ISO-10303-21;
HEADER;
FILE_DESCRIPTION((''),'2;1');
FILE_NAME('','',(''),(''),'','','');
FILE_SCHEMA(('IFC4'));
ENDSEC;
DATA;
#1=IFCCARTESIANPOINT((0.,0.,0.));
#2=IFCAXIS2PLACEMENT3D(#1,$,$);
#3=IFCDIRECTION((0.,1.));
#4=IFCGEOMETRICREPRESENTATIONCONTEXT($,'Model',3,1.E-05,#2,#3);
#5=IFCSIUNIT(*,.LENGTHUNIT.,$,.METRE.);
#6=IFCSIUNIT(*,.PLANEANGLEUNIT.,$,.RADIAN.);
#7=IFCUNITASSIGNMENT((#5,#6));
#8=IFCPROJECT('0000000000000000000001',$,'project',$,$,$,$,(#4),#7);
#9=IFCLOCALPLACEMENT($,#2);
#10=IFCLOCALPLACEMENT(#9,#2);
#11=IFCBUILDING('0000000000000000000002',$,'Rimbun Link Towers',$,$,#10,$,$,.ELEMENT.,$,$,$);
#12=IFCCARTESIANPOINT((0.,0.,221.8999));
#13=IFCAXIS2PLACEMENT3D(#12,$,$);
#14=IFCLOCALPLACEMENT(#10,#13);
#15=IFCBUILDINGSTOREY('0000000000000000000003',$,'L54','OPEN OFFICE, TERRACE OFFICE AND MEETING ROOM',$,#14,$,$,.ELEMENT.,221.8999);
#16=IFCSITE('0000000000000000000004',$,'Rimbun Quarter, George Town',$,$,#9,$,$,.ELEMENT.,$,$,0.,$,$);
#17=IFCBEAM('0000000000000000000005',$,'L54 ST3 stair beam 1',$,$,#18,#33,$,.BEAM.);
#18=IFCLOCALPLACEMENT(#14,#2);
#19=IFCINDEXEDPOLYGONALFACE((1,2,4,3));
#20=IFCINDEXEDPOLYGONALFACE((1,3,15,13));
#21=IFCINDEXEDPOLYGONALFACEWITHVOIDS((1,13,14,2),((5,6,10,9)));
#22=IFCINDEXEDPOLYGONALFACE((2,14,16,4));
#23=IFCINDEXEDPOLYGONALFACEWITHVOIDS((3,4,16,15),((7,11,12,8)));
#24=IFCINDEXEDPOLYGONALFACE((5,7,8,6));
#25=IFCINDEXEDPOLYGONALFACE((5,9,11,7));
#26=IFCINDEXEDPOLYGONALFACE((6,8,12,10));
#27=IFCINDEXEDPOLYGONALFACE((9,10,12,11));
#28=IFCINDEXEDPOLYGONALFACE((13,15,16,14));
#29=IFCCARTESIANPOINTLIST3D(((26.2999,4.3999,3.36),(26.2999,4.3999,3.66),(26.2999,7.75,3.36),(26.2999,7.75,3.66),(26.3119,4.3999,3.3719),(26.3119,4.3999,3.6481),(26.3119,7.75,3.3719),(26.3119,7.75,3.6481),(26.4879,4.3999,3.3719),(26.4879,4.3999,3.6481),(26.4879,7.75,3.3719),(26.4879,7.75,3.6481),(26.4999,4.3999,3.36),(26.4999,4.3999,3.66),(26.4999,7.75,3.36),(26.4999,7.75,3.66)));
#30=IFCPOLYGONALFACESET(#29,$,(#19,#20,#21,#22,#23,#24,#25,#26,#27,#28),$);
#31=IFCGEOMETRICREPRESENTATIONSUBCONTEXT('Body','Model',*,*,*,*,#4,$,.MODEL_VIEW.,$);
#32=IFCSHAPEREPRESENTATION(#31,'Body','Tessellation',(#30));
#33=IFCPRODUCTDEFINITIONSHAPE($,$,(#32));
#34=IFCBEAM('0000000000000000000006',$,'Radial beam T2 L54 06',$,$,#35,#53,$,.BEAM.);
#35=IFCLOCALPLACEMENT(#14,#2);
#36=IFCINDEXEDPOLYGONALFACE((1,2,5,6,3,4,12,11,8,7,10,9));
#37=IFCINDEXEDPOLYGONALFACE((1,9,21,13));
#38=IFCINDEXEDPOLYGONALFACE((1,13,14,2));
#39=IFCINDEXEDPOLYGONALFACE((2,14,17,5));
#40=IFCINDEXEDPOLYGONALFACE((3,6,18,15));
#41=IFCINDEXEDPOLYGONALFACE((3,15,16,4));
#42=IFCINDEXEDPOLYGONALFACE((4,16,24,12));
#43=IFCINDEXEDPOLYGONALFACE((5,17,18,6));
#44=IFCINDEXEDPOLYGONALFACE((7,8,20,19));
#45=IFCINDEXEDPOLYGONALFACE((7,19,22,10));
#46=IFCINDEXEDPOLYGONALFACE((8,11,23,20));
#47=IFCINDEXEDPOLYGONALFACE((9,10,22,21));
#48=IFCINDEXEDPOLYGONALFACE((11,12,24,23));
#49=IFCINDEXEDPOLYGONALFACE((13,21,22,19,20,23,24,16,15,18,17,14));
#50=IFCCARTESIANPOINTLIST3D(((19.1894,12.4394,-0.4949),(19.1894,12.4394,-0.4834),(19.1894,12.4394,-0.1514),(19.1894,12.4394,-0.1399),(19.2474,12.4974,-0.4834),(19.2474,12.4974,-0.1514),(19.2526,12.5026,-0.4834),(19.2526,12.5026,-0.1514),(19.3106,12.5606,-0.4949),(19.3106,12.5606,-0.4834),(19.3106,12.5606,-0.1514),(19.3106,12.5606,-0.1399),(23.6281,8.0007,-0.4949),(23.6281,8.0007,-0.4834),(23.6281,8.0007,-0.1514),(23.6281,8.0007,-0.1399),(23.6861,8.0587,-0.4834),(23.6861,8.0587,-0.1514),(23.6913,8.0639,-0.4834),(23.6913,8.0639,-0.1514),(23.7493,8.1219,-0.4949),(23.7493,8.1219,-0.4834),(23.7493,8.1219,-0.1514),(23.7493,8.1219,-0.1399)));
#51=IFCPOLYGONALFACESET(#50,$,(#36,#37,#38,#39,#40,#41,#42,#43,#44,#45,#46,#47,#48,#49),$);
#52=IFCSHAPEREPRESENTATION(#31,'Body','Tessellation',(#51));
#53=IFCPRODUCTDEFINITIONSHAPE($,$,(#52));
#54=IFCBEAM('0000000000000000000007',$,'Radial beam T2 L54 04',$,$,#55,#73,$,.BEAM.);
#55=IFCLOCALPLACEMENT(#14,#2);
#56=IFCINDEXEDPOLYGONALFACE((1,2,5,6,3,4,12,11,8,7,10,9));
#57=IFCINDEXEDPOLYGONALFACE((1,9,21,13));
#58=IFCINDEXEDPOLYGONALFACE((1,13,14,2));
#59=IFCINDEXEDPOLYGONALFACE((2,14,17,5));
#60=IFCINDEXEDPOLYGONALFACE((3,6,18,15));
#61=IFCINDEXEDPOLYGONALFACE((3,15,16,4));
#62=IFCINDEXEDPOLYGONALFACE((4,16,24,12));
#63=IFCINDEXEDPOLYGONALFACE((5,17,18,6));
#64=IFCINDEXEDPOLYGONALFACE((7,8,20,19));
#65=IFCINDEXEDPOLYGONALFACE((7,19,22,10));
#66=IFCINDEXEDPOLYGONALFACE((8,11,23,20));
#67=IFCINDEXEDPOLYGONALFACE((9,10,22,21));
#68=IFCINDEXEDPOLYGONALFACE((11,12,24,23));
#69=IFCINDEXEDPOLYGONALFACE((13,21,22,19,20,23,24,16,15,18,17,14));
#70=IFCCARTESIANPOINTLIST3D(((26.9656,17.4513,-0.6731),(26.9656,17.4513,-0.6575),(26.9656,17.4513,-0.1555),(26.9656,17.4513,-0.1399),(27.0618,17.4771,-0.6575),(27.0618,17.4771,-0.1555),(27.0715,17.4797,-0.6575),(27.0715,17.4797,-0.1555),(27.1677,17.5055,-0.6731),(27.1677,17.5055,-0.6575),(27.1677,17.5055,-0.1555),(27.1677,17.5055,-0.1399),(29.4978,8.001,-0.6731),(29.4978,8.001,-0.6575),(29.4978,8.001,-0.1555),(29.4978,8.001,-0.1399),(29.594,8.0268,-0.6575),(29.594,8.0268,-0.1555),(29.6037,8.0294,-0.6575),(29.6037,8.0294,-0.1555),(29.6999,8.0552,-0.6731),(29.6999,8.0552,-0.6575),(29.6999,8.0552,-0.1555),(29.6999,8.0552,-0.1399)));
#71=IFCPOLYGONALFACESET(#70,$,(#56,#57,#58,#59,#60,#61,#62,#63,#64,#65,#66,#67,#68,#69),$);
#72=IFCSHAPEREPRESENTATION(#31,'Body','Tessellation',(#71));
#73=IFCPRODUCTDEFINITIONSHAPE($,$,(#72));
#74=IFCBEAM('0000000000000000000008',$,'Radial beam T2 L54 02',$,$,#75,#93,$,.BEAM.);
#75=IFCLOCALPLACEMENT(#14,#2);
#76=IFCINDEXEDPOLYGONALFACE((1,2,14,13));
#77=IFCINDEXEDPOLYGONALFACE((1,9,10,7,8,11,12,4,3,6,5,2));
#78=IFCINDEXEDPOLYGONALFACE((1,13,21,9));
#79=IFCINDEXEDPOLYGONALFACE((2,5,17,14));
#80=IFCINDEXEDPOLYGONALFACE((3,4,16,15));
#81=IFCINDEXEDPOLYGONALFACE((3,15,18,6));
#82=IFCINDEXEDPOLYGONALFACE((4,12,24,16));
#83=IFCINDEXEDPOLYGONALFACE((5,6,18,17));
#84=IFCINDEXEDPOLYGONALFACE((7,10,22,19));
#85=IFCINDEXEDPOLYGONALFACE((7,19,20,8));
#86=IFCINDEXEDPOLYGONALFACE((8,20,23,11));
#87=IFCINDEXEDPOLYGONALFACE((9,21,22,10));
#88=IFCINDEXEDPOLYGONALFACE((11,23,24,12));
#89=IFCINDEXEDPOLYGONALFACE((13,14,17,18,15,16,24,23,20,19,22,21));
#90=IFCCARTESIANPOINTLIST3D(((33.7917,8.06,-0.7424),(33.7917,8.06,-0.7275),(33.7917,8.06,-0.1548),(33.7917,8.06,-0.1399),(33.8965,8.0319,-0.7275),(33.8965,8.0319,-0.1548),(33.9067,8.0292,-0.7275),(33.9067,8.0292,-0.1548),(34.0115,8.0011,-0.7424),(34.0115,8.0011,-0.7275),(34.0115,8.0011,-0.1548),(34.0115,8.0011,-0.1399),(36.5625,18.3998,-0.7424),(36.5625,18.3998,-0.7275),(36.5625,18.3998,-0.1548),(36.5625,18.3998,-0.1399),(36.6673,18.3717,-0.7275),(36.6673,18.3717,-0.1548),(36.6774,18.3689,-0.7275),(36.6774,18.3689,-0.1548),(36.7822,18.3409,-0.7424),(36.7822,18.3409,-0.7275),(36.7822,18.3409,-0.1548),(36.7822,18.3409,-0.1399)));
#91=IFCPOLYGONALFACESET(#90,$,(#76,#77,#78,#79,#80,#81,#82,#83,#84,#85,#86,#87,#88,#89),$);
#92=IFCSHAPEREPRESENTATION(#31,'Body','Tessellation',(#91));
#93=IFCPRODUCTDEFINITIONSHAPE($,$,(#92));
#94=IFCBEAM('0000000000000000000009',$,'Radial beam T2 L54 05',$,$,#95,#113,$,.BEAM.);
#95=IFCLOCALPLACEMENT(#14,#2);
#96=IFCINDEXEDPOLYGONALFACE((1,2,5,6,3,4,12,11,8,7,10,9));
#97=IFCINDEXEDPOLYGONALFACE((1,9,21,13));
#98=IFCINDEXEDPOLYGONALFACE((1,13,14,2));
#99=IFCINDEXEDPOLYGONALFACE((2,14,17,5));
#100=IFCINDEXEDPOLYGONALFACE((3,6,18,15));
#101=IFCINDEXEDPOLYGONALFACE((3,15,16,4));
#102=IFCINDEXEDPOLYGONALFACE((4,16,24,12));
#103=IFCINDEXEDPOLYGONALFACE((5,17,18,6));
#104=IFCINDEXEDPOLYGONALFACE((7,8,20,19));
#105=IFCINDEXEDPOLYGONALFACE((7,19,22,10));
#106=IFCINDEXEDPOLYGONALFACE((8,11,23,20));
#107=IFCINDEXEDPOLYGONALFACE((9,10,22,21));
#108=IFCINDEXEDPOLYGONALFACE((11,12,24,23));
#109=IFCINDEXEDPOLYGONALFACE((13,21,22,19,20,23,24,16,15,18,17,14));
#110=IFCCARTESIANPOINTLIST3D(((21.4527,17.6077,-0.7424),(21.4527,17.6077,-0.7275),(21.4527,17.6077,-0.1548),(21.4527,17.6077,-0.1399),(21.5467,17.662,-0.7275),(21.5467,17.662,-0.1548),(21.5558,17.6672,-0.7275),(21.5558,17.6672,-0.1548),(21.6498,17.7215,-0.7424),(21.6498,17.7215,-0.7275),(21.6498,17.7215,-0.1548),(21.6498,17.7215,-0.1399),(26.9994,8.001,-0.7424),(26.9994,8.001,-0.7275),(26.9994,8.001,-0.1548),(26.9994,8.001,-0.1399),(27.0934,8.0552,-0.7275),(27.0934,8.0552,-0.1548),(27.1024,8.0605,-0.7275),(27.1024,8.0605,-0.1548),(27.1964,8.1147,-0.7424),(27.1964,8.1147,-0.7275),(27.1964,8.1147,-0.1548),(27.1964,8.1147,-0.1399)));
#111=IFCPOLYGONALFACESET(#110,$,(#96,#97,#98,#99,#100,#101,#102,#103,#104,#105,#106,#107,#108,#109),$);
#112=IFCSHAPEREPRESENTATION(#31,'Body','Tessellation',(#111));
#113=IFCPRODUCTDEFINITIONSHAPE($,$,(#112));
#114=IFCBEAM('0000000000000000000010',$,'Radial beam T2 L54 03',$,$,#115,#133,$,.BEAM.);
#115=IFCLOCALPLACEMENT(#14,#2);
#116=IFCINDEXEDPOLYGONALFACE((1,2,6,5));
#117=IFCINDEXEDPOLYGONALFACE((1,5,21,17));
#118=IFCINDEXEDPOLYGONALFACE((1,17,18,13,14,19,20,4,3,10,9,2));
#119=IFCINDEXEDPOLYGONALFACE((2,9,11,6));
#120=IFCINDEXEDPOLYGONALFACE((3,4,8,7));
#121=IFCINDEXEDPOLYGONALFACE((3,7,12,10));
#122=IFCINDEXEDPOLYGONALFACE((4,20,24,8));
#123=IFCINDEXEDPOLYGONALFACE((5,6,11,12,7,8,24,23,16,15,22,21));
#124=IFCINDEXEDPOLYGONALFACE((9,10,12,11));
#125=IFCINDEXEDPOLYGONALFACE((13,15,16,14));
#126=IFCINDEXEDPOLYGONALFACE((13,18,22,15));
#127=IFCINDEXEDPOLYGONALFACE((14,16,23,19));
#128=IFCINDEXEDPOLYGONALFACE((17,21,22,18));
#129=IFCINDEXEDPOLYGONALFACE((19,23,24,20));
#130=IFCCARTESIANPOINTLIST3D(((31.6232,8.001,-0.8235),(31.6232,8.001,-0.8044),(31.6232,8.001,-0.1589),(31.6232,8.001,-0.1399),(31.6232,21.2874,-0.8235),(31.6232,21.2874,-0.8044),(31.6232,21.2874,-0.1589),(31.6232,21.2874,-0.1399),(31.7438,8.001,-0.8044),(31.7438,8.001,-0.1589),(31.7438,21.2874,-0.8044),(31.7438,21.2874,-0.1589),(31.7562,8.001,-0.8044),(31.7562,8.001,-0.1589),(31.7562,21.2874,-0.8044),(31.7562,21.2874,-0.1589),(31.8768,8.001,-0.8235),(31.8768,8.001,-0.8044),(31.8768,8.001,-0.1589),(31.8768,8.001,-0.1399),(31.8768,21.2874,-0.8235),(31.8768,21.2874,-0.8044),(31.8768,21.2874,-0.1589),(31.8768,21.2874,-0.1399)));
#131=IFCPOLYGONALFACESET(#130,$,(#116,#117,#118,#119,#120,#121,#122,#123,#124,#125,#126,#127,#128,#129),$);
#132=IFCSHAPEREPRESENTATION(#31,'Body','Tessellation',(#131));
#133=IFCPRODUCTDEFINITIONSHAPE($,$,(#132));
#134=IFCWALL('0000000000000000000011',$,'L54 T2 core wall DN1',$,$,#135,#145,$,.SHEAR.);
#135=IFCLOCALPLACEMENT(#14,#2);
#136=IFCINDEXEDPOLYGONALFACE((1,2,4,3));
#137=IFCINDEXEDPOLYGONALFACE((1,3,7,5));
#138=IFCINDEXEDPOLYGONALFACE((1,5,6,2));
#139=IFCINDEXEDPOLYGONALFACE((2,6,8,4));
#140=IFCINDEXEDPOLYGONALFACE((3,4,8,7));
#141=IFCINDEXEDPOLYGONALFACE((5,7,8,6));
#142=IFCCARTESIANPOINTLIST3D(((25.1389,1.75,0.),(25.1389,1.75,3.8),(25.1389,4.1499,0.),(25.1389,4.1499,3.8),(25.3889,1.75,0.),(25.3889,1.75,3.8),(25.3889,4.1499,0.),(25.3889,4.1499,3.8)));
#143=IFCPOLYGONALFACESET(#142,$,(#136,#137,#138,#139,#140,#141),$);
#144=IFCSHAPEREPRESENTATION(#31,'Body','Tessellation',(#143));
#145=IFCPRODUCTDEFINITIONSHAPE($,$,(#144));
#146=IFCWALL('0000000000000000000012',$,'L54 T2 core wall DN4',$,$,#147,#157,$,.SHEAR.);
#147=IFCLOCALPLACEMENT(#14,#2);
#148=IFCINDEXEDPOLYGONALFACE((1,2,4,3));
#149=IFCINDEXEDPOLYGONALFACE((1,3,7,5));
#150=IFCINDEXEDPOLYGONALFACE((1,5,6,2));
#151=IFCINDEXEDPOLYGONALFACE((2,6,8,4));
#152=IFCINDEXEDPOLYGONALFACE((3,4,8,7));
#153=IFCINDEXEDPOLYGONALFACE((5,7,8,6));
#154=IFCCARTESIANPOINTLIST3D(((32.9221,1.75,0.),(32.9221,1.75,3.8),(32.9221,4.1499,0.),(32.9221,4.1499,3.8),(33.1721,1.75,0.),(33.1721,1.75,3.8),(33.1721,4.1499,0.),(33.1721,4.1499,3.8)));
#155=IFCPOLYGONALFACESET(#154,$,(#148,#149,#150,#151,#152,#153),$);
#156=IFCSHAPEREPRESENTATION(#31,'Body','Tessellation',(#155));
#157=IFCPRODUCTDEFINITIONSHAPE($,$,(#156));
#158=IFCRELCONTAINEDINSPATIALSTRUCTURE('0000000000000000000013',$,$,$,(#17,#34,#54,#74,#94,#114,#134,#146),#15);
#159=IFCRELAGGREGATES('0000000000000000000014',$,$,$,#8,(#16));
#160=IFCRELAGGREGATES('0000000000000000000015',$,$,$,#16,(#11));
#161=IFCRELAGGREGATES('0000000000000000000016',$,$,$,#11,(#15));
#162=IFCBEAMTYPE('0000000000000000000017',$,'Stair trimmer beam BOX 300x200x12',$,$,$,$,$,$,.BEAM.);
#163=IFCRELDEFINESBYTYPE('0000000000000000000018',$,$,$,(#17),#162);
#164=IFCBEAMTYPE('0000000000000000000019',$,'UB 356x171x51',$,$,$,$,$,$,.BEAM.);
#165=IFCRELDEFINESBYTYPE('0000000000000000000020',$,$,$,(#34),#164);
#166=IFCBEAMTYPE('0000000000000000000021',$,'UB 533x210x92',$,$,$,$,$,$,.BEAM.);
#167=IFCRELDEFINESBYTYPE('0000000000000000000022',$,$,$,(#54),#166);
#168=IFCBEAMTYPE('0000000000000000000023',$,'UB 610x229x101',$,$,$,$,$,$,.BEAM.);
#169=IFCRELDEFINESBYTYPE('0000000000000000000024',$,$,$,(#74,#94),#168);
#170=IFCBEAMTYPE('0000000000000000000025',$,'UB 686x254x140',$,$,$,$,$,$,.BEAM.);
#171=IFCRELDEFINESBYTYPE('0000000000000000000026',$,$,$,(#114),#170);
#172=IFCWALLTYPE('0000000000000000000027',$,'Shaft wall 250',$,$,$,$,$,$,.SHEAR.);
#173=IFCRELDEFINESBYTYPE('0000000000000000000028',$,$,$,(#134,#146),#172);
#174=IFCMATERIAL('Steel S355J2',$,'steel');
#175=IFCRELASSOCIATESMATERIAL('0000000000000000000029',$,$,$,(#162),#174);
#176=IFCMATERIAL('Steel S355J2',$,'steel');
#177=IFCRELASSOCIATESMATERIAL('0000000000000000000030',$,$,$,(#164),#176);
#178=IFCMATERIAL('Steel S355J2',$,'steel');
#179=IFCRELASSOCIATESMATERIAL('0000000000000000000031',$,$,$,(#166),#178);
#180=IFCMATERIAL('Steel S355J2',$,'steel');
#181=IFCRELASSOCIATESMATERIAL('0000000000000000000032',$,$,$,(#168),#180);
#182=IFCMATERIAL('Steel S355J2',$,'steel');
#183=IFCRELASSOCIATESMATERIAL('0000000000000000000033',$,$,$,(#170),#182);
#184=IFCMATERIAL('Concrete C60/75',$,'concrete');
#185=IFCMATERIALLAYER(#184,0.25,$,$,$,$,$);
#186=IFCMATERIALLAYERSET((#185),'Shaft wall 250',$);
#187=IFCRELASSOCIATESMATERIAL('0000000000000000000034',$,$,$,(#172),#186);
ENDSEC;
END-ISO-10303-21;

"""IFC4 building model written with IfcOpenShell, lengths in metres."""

from ifc_helpers import new_model, si_unit, direction, frame, frame_2d, origin, origin_2d, place, context, subcontext, project, spatial, rectangle, hollow_rectangle, i_section, extrude, material, layer, layer_set, material_profile, profile_set, type_object, element, save


model = new_model("IFC4")

# Units and contexts
model_context = context("Model", 3, precision=1e-05, world=origin(), true_north=direction((0.0, 1.0)))
body_context = subcontext(model_context, "Body", "Model", "MODEL_VIEW")
ifc_project = project(units=[si_unit("LENGTHUNIT", "METRE"), si_unit("PLANEANGLEUNIT", "RADIAN")], contexts=[model_context])

# Site, building, storey
site_placement = place(None, origin())
site = spatial("IfcSite", under=ifc_project, at=site_placement, Name="Rimbun Quarter, George Town", CompositionType="ELEMENT", RefElevation=0.0)
building_placement = place(site_placement, origin())
building = spatial("IfcBuilding", under=site, at=building_placement, Name="Rimbun Link Towers", CompositionType="ELEMENT")
storey_placement = place(building_placement, frame((0.0, 0.0, 221.8999)))
storey = spatial("IfcBuildingStorey", under=building, at=storey_placement, Name="L54", Description="OPEN OFFICE, TERRACE OFFICE AND MEETING ROOM", CompositionType="ELEMENT", Elevation=221.8999)

# Beams
ifc_material_1 = material(Name="Steel S355J2", Category="steel")
ifc_material_profile_1 = material_profile(ifc_material_1, hollow_rectangle(XDim=0.2, YDim=0.3, WallThickness=0.012, at=origin_2d()), Name="BOX 300x200x12")
ifc_profile_set_1 = profile_set([ifc_material_profile_1], Name="Steel S355J2")
beam_type_1 = type_object("IfcBeamType", Name="Stair trimmer beam BOX 300x200x12", PredefinedType="BEAM", material=ifc_profile_set_1)
beam_1_placement = place(storey_placement, frame((26.3999, 7.75, 3.51), z_axis=(0.0, -1.0, 0.0), x_axis=(1.0, 0.0, 0.0)))
element("IfcBeam", 1, at=beam_1_placement, inside=storey, type_object=beam_type_1, Name="L54 ST3 stair beam 1", PredefinedType="BEAM", context=body_context, shape_type="SweptSolid", body=[
    extrude(hollow_rectangle(XDim=0.2, YDim=0.3, WallThickness=0.012, at=origin_2d()), origin(), (0.0, 0.0, 1.0), 3.3501),
])
ifc_material_2 = material(Name="Steel S355J2", Category="steel")
ifc_material_profile_2 = material_profile(ifc_material_2, i_section(OverallWidth=0.1714, OverallDepth=0.355, WebThickness=0.0073, FlangeThickness=0.0115, at=origin_2d()), Name="UB 356x171x51")
ifc_profile_set_2 = profile_set([ifc_material_profile_2], Name="Steel S355J2")
beam_type_2 = type_object("IfcBeamType", Name="UB 356x171x51", PredefinedType="BEAM", material=ifc_profile_set_2)
beam_2_placement = place(storey_placement, frame((23.6887, 8.0613, -0.3174), z_axis=(-0.707107, 0.707107, 0.0), x_axis=(-0.707107, -0.707107, 0.0)))
element("IfcBeam", 2, at=beam_2_placement, inside=storey, type_object=beam_type_2, Name="Radial beam T2 L54 06", PredefinedType="BEAM", context=body_context, shape_type="SweptSolid", body=[
    extrude(i_section(OverallWidth=0.1714, OverallDepth=0.355, WebThickness=0.0073, FlangeThickness=0.0115, at=origin_2d()), origin(), (0.0, 0.0, 1.0), 6.2773),
])
ifc_material_3 = material(Name="Steel S355J2", Category="steel")
ifc_material_profile_3 = material_profile(ifc_material_3, i_section(OverallWidth=0.2092, OverallDepth=0.5332, WebThickness=0.01, FlangeThickness=0.0156, at=origin_2d()), Name="UB 533x210x92")
ifc_profile_set_3 = profile_set([ifc_material_profile_3], Name="Steel S355J2")
beam_type_3 = type_object("IfcBeamType", Name="UB 533x210x92", PredefinedType="BEAM", material=ifc_profile_set_3)
beam_3_placement = place(storey_placement, frame((29.5989, 8.0281, -0.4065), z_axis=(-0.258818, 0.965926, 0.0), x_axis=(-0.965926, -0.258818, 0.0)))
element("IfcBeam", 3, at=beam_3_placement, inside=storey, type_object=beam_type_3, Name="Radial beam T2 L54 04", PredefinedType="BEAM", context=body_context, shape_type="SweptSolid", body=[
    extrude(i_section(OverallWidth=0.2092, OverallDepth=0.5332, WebThickness=0.01, FlangeThickness=0.0156, at=origin_2d()), origin(), (0.0, 0.0, 1.0), 9.7837),
])
ifc_material_4 = material(Name="Steel S355J2", Category="steel")
ifc_material_profile_4 = material_profile(ifc_material_4, i_section(OverallWidth=0.2275, OverallDepth=0.6025, WebThickness=0.0105, FlangeThickness=0.0149, at=origin_2d()), Name="UB 610x229x101")
ifc_profile_set_4 = profile_set([ifc_material_profile_4], Name="Steel S355J2")
beam_type_4 = type_object("IfcBeamType", Name="UB 610x229x101", PredefinedType="BEAM", material=ifc_profile_set_4)
beam_4_placement = place(storey_placement, frame((33.9016, 8.0305, -0.4412), z_axis=(0.258836, 0.965921, 0.0), x_axis=(-0.965921, 0.258836, 0.0)))
element("IfcBeam", 4, at=beam_4_placement, inside=storey, type_object=beam_type_4, Name="Radial beam T2 L54 02", PredefinedType="BEAM", context=body_context, shape_type="SweptSolid", body=[
    extrude(i_section(OverallWidth=0.2275, OverallDepth=0.6025, WebThickness=0.0105, FlangeThickness=0.0149, at=origin_2d()), origin(), (0.0, 0.0, 1.0), 10.7046),
])
beam_5_placement = place(storey_placement, frame((27.0979, 8.0579, -0.4412), z_axis=(-0.500014, 0.866017, 0.0), x_axis=(-0.866017, -0.500014, 0.0)))
element("IfcBeam", 5, at=beam_5_placement, inside=storey, type_object=beam_type_4, Name="Radial beam T2 L54 05", PredefinedType="BEAM", context=body_context, shape_type="SweptSolid", body=[
    extrude(i_section(OverallWidth=0.2275, OverallDepth=0.6025, WebThickness=0.0105, FlangeThickness=0.0149, at=origin_2d()), origin(), (0.0, 0.0, 1.0), 11.093),
])
ifc_material_5 = material(Name="Steel S355J2", Category="steel")
ifc_material_profile_5 = material_profile(ifc_material_5, i_section(OverallWidth=0.2537, OverallDepth=0.6836, WebThickness=0.0125, FlangeThickness=0.019, at=origin_2d()), Name="UB 686x254x140")
ifc_profile_set_5 = profile_set([ifc_material_profile_5], Name="Steel S355J2")
beam_type_5 = type_object("IfcBeamType", Name="UB 686x254x140", PredefinedType="BEAM", material=ifc_profile_set_5)
beam_6_placement = place(storey_placement, frame((31.75, 8.001, -0.4817), z_axis=(0.0, 1.0, 0.0), x_axis=(-1.0, 0.0, 0.0)))
element("IfcBeam", 6, at=beam_6_placement, inside=storey, type_object=beam_type_5, Name="Radial beam T2 L54 03", PredefinedType="BEAM", context=body_context, shape_type="SweptSolid", body=[
    extrude(i_section(OverallWidth=0.2537, OverallDepth=0.6836, WebThickness=0.0125, FlangeThickness=0.019, at=origin_2d()), origin(), (0.0, 0.0, 1.0), 13.2864),
])

# Walls
ifc_material_6 = material(Name="Concrete C60/75", Category="concrete")
ifc_layer = layer(ifc_material_6, 0.25)
ifc_layer_set = layer_set([ifc_layer], Name="Shaft wall 250")
wall_type = type_object("IfcWallType", Name="Shaft wall 250", PredefinedType="SHEAR", material=ifc_layer_set)
for number, where, z_axis, x_axis, name in (
    (7, (25.2639, 1.75, 0.0), (0.0, 0.0, 1.0), (0.0, 1.0, 0.0), "L54 T2 core wall DN1"),
    (8, (33.0471, 1.75, 0.0), (0.0, 0.0, 1.0), (0.0, 1.0, 0.0), "L54 T2 core wall DN4"),
):
    element("IfcWall", number, at=place(storey_placement, frame(where, z_axis=z_axis, x_axis=x_axis)), inside=storey, type_object=wall_type, Name=name, PredefinedType="SHEAR", context=body_context, shape_type="SweptSolid", body=[
        extrude(rectangle(XDim=2.3999, YDim=0.25, at=frame_2d((1.2, 0.0))), origin(), (0.0, 0.0, 1.0), 3.8),
    ])

save(model, "model.ifc")
